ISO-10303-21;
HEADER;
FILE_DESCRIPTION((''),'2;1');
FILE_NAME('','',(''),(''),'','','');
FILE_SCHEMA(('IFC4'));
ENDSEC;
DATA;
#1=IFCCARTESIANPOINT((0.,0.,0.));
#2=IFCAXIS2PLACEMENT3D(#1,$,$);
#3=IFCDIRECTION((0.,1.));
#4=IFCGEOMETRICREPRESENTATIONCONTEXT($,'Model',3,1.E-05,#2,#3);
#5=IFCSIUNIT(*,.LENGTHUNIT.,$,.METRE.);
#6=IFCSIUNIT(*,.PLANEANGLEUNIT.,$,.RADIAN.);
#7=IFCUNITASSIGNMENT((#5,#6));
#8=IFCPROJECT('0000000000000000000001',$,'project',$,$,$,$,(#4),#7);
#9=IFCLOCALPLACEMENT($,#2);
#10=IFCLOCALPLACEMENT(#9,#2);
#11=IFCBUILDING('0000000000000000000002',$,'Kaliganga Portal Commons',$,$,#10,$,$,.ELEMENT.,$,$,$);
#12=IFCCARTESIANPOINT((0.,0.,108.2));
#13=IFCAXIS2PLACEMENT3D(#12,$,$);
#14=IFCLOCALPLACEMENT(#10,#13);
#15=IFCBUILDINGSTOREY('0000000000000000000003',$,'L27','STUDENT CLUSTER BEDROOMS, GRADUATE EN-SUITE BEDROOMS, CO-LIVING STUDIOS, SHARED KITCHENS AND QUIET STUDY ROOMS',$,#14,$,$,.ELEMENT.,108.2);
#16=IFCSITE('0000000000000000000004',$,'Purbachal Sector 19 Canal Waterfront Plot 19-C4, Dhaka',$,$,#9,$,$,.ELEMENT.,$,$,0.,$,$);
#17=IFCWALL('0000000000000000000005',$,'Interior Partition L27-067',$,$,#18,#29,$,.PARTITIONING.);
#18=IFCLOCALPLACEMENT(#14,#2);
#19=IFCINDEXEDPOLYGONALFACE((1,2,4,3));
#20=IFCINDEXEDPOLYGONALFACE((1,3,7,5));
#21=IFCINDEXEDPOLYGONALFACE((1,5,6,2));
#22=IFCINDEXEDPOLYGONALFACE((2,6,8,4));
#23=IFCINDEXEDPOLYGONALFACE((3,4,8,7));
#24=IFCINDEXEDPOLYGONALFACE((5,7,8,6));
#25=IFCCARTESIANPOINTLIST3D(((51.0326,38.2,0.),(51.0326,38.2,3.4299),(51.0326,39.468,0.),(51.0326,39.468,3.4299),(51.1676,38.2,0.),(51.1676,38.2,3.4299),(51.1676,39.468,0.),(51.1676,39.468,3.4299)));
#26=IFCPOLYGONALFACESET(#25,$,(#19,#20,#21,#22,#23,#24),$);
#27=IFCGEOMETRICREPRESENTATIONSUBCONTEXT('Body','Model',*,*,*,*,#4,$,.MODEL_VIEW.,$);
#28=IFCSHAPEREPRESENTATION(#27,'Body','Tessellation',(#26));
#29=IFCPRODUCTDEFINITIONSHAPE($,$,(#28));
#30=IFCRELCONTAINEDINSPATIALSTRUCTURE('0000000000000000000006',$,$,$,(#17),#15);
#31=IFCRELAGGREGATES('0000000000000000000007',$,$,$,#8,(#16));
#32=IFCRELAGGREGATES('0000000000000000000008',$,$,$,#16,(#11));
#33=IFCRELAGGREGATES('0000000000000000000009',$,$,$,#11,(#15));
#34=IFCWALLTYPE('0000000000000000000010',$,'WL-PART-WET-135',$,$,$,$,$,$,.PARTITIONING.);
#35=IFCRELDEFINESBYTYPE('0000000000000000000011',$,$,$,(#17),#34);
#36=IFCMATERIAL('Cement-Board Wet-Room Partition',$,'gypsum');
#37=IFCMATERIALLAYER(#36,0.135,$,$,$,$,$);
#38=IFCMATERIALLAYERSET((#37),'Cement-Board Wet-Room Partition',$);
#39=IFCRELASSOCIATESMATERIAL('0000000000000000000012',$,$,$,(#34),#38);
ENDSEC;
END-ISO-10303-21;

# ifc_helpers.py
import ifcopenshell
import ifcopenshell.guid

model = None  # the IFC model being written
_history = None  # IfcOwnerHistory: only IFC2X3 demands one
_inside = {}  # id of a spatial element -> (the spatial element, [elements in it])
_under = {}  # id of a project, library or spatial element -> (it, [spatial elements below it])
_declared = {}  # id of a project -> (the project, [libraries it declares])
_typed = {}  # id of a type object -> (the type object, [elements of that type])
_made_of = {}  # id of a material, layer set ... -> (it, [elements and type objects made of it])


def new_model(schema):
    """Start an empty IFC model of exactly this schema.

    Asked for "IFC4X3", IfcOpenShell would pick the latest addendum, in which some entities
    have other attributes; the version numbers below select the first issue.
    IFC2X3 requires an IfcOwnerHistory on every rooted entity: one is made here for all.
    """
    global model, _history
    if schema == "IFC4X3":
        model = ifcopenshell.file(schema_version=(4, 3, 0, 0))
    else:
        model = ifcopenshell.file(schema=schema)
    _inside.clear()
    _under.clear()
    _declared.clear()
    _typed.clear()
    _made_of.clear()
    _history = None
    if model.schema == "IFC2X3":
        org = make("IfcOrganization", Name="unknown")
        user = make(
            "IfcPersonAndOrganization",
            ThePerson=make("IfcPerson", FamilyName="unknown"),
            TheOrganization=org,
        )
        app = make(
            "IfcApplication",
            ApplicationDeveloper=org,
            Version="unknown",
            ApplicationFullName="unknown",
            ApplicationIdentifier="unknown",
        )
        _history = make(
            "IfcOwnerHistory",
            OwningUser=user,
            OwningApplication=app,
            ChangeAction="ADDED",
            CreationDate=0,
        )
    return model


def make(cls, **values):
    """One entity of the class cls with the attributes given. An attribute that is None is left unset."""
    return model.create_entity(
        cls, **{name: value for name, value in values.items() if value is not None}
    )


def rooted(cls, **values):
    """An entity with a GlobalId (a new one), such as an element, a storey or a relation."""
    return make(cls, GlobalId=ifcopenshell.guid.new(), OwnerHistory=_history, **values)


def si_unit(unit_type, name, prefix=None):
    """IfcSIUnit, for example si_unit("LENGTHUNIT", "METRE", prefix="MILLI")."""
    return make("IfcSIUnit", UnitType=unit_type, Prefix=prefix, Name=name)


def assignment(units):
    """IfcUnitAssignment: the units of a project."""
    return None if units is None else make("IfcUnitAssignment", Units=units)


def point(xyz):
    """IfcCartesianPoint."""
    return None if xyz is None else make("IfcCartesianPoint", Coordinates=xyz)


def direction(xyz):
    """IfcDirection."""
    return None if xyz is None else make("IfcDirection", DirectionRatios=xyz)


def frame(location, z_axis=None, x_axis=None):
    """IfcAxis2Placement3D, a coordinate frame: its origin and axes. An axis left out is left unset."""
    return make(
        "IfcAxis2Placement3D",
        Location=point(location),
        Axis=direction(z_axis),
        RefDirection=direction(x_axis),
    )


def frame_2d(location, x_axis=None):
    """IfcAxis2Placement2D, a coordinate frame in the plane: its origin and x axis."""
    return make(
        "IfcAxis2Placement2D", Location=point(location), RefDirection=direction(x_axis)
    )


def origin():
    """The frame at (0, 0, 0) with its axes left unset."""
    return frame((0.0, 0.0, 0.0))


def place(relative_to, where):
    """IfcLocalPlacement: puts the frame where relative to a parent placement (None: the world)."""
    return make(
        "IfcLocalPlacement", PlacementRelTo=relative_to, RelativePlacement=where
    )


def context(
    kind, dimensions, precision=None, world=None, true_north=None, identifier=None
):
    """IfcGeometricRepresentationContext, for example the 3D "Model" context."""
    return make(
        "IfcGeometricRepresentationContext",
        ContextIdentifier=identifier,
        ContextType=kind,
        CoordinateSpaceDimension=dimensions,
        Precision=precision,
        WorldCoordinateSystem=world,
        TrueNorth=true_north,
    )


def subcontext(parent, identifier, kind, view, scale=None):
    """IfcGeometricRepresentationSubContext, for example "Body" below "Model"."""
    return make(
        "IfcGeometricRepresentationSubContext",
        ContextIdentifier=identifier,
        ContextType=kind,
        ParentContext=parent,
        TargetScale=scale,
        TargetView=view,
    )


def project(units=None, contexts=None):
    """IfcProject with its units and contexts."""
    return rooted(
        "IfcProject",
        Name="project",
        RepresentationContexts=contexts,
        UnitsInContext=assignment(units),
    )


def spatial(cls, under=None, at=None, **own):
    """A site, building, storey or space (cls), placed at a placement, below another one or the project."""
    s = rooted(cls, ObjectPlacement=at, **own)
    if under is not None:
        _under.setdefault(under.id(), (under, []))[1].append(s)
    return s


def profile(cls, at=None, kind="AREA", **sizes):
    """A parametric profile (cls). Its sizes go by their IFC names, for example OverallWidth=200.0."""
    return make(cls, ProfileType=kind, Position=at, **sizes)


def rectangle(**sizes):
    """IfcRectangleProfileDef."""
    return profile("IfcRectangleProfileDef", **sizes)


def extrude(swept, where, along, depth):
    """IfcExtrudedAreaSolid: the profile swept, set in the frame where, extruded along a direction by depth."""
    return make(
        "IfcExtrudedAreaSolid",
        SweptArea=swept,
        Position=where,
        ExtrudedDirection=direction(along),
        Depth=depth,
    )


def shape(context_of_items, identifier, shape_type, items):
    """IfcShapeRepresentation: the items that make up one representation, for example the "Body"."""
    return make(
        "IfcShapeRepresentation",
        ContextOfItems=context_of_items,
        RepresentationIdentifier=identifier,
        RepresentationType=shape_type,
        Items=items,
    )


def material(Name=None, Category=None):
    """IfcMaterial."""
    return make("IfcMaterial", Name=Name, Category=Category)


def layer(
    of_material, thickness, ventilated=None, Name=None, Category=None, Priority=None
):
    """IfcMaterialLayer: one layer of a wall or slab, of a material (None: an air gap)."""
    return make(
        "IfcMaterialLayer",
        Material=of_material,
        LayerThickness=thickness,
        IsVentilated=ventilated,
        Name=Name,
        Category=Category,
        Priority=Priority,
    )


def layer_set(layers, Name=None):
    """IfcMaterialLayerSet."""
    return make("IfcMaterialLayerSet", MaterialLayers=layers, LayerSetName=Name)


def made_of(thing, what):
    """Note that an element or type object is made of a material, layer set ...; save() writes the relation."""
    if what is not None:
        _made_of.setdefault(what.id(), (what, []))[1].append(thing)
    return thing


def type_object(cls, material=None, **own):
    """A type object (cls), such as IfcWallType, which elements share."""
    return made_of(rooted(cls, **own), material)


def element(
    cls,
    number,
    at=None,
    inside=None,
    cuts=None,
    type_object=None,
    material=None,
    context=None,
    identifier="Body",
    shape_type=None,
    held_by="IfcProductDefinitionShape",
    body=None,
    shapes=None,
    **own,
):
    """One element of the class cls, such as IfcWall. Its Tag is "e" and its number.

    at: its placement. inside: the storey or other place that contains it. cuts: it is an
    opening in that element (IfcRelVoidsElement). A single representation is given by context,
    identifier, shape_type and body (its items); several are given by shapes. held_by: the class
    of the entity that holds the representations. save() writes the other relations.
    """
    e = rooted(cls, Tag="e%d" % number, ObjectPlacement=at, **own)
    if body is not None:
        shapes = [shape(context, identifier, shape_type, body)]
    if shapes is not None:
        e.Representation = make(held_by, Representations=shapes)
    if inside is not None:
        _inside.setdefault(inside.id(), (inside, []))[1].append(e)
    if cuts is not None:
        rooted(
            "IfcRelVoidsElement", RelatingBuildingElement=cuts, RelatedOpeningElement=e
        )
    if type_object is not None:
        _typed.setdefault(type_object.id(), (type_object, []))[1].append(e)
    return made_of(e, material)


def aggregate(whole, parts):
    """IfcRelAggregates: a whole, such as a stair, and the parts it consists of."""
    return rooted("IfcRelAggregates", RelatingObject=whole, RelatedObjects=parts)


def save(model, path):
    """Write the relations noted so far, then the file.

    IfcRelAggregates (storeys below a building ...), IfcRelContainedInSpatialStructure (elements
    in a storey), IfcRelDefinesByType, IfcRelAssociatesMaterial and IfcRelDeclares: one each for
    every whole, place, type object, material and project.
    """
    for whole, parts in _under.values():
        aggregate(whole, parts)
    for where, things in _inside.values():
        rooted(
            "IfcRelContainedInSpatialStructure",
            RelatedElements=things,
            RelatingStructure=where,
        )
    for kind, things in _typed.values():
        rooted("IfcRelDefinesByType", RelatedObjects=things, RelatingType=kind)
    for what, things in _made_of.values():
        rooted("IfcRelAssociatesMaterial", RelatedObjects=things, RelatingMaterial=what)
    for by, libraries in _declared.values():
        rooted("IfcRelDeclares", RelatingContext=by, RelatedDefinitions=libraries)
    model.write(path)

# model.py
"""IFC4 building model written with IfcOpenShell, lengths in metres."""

from ifc_helpers import new_model, si_unit, direction, frame, frame_2d, origin, place, context, subcontext, project, spatial, rectangle, extrude, material, layer, layer_set, type_object, element, save


model = new_model("IFC4")

# Units and contexts
model_context = context("Model", 3, precision=1e-05, world=origin(), true_north=direction((0.0, 1.0)))
body_context = subcontext(model_context, "Body", "Model", "MODEL_VIEW")
ifc_project = project(units=[si_unit("LENGTHUNIT", "METRE"), si_unit("PLANEANGLEUNIT", "RADIAN")], contexts=[model_context])

# Site, building, storey
site_placement = place(None, origin())
site = spatial("IfcSite", under=ifc_project, at=site_placement, Name="Purbachal Sector 19 Canal Waterfront Plot 19-C4, Dhaka", CompositionType="ELEMENT", RefElevation=0.0)
building_placement = place(site_placement, origin())
building = spatial("IfcBuilding", under=site, at=building_placement, Name="Kaliganga Portal Commons", CompositionType="ELEMENT")
storey_placement = place(building_placement, frame((0.0, 0.0, 108.2)))
storey = spatial("IfcBuildingStorey", under=building, at=storey_placement, Name="L27", Description="STUDENT CLUSTER BEDROOMS, GRADUATE EN-SUITE BEDROOMS, CO-LIVING STUDIOS, SHARED KITCHENS AND QUIET STUDY ROOMS", CompositionType="ELEMENT", Elevation=108.2)

# Wall
ifc_material_1 = material(Name="Cement-Board Wet-Room Partition", Category="gypsum")
ifc_layer_1 = layer(ifc_material_1, 0.135)
ifc_layer_set_1 = layer_set([ifc_layer_1], Name="Cement-Board Wet-Room Partition")
wall_type_1 = type_object("IfcWallType", Name="WL-PART-WET-135", PredefinedType="PARTITIONING", material=ifc_layer_set_1)
wall_1_placement = place(storey_placement, frame((51.1001, 38.2, 0.0), z_axis=(0.0, 0.0, 1.0), x_axis=(0.0, 1.0, 0.0)))
element("IfcWall", 1, at=wall_1_placement, inside=storey, type_object=wall_type_1, Name="Interior Partition L27-067", PredefinedType="PARTITIONING", context=body_context, shape_type="SweptSolid", body=[
    extrude(rectangle(XDim=1.2681, YDim=0.135, at=frame_2d((0.634, 0.0))), origin(), (0.0, 0.0, 1.0), 3.4299),
])

save(model, "model.ifc")
